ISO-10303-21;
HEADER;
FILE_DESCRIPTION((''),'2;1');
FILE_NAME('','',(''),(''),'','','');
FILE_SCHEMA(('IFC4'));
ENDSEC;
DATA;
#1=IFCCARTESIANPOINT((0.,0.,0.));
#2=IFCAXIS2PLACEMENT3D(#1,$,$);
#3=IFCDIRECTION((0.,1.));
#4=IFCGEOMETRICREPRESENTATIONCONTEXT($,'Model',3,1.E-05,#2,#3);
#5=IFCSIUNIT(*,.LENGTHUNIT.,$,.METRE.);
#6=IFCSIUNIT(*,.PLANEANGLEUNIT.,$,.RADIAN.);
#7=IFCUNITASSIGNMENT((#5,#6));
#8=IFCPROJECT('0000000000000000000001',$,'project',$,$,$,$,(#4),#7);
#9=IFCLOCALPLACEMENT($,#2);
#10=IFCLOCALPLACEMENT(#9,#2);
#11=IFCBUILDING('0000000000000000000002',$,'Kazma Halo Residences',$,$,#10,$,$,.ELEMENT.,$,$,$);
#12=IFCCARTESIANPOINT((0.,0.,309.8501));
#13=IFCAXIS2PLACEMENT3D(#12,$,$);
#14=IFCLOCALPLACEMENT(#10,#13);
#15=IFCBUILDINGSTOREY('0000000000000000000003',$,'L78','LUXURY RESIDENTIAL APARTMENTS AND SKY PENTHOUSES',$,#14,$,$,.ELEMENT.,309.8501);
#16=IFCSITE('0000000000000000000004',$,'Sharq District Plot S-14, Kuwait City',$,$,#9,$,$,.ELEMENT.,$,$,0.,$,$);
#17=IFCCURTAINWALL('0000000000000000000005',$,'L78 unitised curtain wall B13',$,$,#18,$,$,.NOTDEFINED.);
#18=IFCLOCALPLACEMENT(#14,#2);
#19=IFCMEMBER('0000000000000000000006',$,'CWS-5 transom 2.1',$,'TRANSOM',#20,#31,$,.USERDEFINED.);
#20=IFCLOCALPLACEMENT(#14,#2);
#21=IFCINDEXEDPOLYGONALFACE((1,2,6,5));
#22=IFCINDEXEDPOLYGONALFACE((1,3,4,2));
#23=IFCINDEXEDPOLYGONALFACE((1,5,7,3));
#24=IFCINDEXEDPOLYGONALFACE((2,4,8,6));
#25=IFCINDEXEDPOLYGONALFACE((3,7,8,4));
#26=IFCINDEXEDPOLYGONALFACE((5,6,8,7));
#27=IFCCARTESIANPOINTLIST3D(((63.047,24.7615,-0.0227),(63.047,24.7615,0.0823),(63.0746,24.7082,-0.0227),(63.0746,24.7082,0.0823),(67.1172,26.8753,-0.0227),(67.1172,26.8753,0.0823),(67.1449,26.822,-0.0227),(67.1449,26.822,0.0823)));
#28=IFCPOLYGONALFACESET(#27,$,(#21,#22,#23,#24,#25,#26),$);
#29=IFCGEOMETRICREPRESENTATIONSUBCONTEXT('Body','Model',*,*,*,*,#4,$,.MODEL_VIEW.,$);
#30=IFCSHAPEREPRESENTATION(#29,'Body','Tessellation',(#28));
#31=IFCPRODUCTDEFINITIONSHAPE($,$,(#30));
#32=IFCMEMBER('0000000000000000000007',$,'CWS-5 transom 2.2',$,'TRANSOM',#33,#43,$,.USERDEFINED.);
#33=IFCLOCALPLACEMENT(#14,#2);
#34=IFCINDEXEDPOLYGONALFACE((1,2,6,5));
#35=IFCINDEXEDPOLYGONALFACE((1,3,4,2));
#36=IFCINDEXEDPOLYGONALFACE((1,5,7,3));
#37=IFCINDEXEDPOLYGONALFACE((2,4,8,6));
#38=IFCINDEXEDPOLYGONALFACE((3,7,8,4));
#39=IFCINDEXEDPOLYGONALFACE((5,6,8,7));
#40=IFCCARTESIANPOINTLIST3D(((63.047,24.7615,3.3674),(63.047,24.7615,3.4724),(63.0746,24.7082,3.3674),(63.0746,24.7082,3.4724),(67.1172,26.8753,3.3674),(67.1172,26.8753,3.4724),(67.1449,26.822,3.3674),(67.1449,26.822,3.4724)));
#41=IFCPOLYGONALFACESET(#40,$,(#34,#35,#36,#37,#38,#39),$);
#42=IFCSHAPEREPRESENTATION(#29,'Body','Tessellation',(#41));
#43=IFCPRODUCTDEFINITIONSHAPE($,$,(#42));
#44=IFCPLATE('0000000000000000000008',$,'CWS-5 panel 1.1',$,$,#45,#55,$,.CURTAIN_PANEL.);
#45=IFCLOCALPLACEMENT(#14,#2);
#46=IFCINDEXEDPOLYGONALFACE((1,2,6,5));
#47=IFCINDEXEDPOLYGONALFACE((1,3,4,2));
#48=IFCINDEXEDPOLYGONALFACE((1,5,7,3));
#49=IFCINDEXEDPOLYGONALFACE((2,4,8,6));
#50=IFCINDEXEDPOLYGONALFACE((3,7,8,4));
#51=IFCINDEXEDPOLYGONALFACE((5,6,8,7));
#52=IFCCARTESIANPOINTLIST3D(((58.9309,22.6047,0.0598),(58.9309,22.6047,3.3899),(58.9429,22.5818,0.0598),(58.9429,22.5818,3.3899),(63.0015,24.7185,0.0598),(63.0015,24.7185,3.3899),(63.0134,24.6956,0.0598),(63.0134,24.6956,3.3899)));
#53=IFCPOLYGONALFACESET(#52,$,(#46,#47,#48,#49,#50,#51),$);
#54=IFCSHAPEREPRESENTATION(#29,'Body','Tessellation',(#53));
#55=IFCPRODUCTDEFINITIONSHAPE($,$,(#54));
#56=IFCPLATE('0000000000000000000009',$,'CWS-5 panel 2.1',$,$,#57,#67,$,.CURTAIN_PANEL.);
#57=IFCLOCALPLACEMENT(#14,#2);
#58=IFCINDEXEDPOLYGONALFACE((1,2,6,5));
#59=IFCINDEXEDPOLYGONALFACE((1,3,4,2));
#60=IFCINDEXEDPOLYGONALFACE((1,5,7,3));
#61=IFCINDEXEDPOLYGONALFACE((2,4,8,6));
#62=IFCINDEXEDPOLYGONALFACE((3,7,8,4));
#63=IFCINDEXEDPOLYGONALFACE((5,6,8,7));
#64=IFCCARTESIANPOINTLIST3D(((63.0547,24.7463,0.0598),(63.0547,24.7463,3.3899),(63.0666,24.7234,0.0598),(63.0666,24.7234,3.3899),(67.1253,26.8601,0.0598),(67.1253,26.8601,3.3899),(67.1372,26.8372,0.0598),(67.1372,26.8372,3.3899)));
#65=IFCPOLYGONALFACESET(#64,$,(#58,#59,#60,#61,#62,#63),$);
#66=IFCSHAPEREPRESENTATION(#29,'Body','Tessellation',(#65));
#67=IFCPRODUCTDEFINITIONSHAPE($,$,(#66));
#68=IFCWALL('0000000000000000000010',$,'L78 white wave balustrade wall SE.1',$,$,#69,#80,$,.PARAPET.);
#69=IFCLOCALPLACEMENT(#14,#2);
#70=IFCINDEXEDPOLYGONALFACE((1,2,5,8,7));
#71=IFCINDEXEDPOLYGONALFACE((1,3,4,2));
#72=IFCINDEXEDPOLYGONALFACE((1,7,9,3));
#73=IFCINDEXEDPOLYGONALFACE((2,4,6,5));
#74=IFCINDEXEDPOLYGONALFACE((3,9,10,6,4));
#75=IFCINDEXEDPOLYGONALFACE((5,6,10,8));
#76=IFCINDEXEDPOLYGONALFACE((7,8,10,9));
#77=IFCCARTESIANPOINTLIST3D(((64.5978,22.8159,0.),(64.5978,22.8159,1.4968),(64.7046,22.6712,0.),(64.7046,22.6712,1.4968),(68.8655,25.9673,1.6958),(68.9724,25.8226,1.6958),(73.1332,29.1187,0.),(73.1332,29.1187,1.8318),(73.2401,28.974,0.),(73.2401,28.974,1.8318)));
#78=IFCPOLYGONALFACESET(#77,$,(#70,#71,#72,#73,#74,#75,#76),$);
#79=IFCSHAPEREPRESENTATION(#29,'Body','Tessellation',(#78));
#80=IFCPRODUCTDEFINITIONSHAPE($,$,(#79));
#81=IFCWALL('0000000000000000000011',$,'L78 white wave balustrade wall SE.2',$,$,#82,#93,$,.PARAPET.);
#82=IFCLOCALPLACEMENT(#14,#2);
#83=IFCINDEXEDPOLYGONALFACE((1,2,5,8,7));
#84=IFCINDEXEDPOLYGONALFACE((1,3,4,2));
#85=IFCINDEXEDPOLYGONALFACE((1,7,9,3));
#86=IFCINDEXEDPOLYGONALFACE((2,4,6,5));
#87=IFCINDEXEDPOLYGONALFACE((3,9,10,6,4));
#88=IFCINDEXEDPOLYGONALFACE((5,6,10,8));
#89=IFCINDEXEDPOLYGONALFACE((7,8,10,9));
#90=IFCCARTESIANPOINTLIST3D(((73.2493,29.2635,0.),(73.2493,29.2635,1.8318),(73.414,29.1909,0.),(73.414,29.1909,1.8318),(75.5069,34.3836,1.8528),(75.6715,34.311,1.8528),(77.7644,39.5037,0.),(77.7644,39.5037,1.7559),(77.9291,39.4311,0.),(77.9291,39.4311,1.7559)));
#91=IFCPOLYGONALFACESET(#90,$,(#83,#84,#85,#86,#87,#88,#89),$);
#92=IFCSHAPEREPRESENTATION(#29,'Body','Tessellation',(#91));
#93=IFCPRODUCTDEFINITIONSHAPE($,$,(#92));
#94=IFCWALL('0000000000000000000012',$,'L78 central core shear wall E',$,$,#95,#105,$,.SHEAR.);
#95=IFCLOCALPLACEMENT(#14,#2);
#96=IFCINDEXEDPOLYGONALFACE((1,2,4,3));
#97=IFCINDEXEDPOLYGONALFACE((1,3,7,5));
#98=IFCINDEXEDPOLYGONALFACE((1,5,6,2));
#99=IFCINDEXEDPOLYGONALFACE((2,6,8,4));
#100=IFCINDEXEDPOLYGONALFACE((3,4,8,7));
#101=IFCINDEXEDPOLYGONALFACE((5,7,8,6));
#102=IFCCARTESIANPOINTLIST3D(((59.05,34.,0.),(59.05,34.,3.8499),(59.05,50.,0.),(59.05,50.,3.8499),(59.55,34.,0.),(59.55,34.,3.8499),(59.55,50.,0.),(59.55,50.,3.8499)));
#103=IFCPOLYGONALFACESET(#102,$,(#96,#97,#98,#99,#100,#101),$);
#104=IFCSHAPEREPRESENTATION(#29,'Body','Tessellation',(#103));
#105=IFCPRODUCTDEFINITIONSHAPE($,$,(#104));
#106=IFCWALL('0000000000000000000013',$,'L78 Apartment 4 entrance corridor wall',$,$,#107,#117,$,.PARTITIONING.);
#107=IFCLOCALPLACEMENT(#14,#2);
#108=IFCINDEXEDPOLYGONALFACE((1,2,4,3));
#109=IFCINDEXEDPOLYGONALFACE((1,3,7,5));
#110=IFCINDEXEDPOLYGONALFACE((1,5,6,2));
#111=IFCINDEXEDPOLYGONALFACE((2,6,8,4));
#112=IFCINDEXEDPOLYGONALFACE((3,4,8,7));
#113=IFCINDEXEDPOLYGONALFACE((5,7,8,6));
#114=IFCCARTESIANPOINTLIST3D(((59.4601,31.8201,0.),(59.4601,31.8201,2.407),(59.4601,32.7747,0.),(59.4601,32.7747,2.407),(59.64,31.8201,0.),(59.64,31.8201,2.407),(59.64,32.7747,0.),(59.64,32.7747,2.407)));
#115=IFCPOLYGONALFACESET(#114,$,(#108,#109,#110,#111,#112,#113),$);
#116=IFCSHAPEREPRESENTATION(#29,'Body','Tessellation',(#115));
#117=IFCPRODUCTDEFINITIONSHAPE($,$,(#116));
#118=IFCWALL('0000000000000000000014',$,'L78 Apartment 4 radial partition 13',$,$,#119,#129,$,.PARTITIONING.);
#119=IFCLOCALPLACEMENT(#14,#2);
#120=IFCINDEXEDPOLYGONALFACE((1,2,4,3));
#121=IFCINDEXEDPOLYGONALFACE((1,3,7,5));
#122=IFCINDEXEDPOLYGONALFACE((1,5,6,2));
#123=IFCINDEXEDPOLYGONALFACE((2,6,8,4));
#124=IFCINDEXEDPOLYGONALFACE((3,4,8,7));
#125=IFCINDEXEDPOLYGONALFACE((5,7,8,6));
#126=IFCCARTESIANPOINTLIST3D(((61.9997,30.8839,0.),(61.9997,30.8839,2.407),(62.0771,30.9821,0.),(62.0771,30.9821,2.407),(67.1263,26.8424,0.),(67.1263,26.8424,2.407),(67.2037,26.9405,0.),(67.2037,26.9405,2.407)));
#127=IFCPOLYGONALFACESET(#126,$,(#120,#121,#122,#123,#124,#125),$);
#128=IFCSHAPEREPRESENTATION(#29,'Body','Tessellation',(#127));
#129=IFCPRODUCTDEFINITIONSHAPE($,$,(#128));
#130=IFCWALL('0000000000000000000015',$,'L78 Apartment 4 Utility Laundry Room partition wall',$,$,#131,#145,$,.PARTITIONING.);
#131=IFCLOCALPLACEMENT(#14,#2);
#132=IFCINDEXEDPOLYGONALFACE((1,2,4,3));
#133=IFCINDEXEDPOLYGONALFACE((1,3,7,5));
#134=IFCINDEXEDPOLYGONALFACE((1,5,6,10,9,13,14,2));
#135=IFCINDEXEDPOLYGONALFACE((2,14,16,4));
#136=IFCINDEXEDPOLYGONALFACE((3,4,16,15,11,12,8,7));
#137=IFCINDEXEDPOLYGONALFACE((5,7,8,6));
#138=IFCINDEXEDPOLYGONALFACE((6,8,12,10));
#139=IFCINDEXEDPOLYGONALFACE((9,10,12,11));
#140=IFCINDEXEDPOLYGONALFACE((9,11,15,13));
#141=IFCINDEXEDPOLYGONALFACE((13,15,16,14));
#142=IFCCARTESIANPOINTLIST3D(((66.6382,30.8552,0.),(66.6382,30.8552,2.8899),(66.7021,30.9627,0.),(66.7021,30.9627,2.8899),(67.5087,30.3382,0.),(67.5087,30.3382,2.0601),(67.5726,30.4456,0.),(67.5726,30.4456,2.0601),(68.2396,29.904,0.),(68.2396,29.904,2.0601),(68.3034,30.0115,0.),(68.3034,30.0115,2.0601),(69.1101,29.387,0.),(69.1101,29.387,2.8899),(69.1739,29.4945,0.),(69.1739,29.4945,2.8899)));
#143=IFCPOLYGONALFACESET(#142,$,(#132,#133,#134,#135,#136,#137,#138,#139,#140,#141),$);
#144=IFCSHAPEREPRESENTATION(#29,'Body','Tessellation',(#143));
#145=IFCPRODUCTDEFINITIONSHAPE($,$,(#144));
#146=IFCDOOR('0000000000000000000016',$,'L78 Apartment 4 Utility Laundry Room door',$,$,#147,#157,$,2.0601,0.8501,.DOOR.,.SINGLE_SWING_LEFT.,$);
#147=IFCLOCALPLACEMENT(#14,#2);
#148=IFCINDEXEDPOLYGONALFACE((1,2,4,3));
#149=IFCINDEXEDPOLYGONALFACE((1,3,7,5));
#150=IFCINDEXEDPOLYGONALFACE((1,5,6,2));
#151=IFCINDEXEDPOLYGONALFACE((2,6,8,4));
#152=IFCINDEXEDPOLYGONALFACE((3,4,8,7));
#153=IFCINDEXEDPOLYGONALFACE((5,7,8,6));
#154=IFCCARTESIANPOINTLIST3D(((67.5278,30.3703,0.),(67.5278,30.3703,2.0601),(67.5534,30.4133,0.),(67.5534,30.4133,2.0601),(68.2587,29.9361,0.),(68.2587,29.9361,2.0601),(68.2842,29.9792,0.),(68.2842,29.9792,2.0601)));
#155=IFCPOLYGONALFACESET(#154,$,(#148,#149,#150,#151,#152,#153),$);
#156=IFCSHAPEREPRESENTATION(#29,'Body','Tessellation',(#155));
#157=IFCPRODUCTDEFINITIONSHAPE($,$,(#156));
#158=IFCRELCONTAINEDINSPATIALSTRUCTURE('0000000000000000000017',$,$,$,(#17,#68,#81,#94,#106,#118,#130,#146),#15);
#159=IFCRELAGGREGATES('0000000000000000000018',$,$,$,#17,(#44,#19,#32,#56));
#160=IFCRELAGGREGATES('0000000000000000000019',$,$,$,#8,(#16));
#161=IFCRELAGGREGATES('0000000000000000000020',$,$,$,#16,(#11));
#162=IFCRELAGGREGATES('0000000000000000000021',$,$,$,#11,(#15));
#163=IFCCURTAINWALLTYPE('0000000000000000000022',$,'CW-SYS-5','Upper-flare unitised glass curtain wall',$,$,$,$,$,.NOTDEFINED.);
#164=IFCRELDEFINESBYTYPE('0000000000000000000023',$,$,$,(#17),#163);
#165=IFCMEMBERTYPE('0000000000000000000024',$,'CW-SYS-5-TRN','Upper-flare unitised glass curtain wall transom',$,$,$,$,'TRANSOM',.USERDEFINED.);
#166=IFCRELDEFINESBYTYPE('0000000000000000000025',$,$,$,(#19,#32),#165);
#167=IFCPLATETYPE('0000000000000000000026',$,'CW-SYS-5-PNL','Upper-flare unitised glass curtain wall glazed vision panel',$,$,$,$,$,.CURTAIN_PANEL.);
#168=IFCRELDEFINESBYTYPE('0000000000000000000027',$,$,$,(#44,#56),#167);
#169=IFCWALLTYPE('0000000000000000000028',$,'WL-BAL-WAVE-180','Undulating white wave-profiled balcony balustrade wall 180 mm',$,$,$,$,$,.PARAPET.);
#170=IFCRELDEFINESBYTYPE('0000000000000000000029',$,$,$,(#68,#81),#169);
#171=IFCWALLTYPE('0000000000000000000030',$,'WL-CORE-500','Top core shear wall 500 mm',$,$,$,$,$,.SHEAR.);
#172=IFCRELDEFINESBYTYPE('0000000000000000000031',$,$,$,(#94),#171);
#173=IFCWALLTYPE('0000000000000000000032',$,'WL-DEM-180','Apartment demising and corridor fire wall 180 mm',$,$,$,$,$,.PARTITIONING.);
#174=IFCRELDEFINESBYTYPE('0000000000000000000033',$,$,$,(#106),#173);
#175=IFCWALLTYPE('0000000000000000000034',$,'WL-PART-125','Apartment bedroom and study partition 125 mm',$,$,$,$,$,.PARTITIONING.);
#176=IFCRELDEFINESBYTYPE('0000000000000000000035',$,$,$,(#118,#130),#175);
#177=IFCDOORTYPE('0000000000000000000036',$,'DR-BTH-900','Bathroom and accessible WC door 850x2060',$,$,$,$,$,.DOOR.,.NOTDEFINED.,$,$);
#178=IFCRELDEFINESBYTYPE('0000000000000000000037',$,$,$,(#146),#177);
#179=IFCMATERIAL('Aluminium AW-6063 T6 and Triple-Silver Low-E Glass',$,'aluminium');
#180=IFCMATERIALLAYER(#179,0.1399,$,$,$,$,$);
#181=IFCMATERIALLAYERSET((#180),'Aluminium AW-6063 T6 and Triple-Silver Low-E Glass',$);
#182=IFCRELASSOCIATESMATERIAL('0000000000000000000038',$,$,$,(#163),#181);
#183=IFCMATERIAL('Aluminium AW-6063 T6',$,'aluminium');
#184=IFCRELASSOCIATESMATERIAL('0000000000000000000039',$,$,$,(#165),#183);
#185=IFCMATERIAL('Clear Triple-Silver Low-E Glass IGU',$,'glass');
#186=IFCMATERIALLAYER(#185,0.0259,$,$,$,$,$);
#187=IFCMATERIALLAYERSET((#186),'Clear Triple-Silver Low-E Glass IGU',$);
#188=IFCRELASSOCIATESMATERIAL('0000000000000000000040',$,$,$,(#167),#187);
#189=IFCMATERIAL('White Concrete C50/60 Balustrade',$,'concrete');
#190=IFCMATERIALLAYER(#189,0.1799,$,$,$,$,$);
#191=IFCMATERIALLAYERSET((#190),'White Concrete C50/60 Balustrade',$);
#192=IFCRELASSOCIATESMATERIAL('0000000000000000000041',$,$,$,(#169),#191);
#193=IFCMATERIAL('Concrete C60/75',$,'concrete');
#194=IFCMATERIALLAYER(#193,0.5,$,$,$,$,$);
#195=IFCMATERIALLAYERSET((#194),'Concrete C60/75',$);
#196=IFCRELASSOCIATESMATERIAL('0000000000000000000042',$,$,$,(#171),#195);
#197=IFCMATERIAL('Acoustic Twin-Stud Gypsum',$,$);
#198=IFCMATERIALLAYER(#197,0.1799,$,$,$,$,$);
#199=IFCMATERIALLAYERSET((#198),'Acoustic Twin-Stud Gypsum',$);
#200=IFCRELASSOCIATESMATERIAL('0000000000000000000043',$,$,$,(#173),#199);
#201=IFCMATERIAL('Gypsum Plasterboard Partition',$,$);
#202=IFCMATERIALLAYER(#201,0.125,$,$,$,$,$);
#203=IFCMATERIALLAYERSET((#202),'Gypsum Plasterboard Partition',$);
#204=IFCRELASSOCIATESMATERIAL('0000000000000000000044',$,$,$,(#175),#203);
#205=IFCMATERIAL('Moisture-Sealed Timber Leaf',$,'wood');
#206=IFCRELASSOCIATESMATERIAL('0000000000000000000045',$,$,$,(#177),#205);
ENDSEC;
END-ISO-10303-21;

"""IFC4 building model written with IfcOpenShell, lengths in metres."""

from ifc_helpers import new_model, si_unit, direction, frame, frame_2d, origin, origin_2d, place, context, subcontext, project, spatial, polyline, rectangle, outline, extrude, material, layer, layer_set, material_profile, profile_set, type_object, element, fill, aggregate, save


model = new_model("IFC4")

# Units and contexts
model_context = context("Model", 3, precision=1e-05, world=origin(), true_north=direction((0.0, 1.0)))
body_context = subcontext(model_context, "Body", "Model", "MODEL_VIEW")
ifc_project = project(units=[si_unit("LENGTHUNIT", "METRE"), si_unit("PLANEANGLEUNIT", "RADIAN")], contexts=[model_context])

# Site, building, storey
site_placement = place(None, origin())
site = spatial("IfcSite", under=ifc_project, at=site_placement, Name="Sharq District Plot S-14, Kuwait City", CompositionType="ELEMENT", RefElevation=0.0)
building_placement = place(site_placement, origin())
building = spatial("IfcBuilding", under=site, at=building_placement, Name="Kazma Halo Residences", CompositionType="ELEMENT")
storey_placement = place(building_placement, frame((0.0, 0.0, 309.8501)))
storey = spatial("IfcBuildingStorey", under=building, at=storey_placement, Name="L78", Description="LUXURY RESIDENTIAL APARTMENTS AND SKY PENTHOUSES", CompositionType="ELEMENT", Elevation=309.8501)

# Shared definitions
ifc_material_1 = material(Name="Concrete C60/75", Category="concrete")

# Curtain wall
ifc_material_2 = material(Name="Aluminium AW-6063 T6 and Triple-Silver Low-E Glass", Category="aluminium")
ifc_layer_1 = layer(ifc_material_2, 0.1399)
ifc_layer_set_1 = layer_set([ifc_layer_1], Name="Aluminium AW-6063 T6 and Triple-Silver Low-E Glass")
curtain_wall_type = type_object("IfcCurtainWallType", Name="CW-SYS-5", Description="Upper-flare unitised glass curtain wall", PredefinedType="NOTDEFINED", material=ifc_layer_set_1)
curtain_wall_1_placement = place(storey_placement, origin())
curtain_wall_1 = element("IfcCurtainWall", 1, at=curtain_wall_1_placement, inside=storey, type_object=curtain_wall_type, Name="L78 unitised curtain wall B13", PredefinedType="NOTDEFINED")
ifc_material_3 = material(Name="Aluminium AW-6063 T6", Category="aluminium")

# Members
ifc_material_profile_1 = material_profile(ifc_material_3, rectangle(XDim=0.0601, YDim=0.105, at=origin_2d()), Name="CWT-60x105")
ifc_profile_set_1 = profile_set([ifc_material_profile_1], Name="Aluminium AW-6063 T6")
member_type_1 = type_object("IfcMemberType", Name="CW-SYS-5-TRN", Description="Upper-flare unitised glass curtain wall transom", ElementType="TRANSOM", PredefinedType="USERDEFINED", material=ifc_profile_set_1)
member_1_placement = place(storey_placement, frame((63.0608, 24.7349, 0.0298), z_axis=(0.887466, 0.460873, 0.0), x_axis=(-0.460873, 0.887466, 0.0)))
member_1 = element("IfcMember", 2, at=member_1_placement, type_object=member_type_1, Name="CWS-5 transom 2.1", ObjectType="TRANSOM", PredefinedType="USERDEFINED", context=body_context, shape_type="SweptSolid", body=[
    extrude(rectangle(XDim=0.0601, YDim=0.105, at=origin_2d()), origin(), (0.0, 0.0, 1.0), 4.5864),
])
member_2_placement = place(storey_placement, frame((63.0608, 24.7349, 3.4199), z_axis=(0.887466, 0.460873, 0.0), x_axis=(-0.460873, 0.887466, 0.0)))
member_2 = element("IfcMember", 3, at=member_2_placement, type_object=member_type_1, Name="CWS-5 transom 2.2", ObjectType="TRANSOM", PredefinedType="USERDEFINED", context=body_context, shape_type="SweptSolid", body=[
    extrude(rectangle(XDim=0.0601, YDim=0.105, at=origin_2d()), origin(), (0.0, 0.0, 1.0), 4.5864),
])

# Plates
ifc_material_4 = material(Name="Clear Triple-Silver Low-E Glass IGU", Category="glass")
ifc_layer_2 = layer(ifc_material_4, 0.0259)
ifc_layer_set_2 = layer_set([ifc_layer_2], Name="Clear Triple-Silver Low-E Glass IGU")
plate_type = type_object("IfcPlateType", Name="CW-SYS-5-PNL", Description="Upper-flare unitised glass curtain wall glazed vision panel", PredefinedType="CURTAIN_PANEL", material=ifc_layer_set_2)
plate_1_placement = place(storey_placement, frame((60.9722, 23.6501, 0.0598), z_axis=(0.0, 0.0, 1.0), x_axis=(0.887473, 0.460859, 0.0)))
plate_1 = element("IfcPlate", 4, at=plate_1_placement, type_object=plate_type, Name="CWS-5 panel 1.1", PredefinedType="CURTAIN_PANEL", context=body_context, shape_type="SweptSolid", body=[
    extrude(rectangle(XDim=4.5867, YDim=0.0259, at=origin_2d()), origin(), (0.0, 0.0, 1.0), 3.3301),
])
plate_2_placement = place(storey_placement, frame((65.0959, 25.7917, 0.0598), z_axis=(0.0, 0.0, 1.0), x_axis=(0.887473, 0.460859, 0.0)))
plate_2 = element("IfcPlate", 5, at=plate_2_placement, type_object=plate_type, Name="CWS-5 panel 2.1", PredefinedType="CURTAIN_PANEL", context=body_context, shape_type="SweptSolid", body=[
    extrude(rectangle(XDim=4.5867, YDim=0.0259, at=origin_2d()), origin(), (0.0, 0.0, 1.0), 3.3301),
])
aggregate(curtain_wall_1, [plate_1, member_1, member_2, plate_2])

# Walls
ifc_material_5 = material(Name="White Concrete C50/60 Balustrade", Category="concrete")
ifc_layer_3 = layer(ifc_material_5, 0.1799)
ifc_layer_set_3 = layer_set([ifc_layer_3], Name="White Concrete C50/60 Balustrade")
wall_type_1 = type_object("IfcWallType", Name="WL-BAL-WAVE-180", Description="Undulating white wave-profiled balcony balustrade wall 180 mm", PredefinedType="PARAPET", material=ifc_layer_set_3)
wall_1_placement = place(storey_placement, frame((64.6511, 22.7437, 0.0), z_axis=(0.0, 0.0, 1.0), x_axis=(0.804448, 0.594023, 0.0)))
element("IfcWall", 6, at=wall_1_placement, inside=storey, type_object=wall_type_1, Name="L78 white wave balustrade wall SE.1", PredefinedType="PARAPET", context=body_context, shape_type="SweptSolid", body=[
    extrude(outline(polyline([(0.0, 0.0), (10.6104, 0.0), (10.6104, 1.8318), (5.3052, 1.6958), (0.0, 1.4968), (0.0, 0.0)])), frame((0.0, 0.0898, 0.0), z_axis=(0.0, -1.0, 0.0), x_axis=(1.0, 0.0, 0.0)), (0.0, 0.0, 1.0), 0.1799),
])
wall_2_placement = place(storey_placement, frame((73.3315, 29.2273, 0.0), z_axis=(0.0, 0.0, 1.0), x_axis=(0.403445, 0.915004, 0.0)))
element("IfcWall", 7, at=wall_2_placement, inside=storey, type_object=wall_type_1, Name="L78 white wave balustrade wall SE.2", PredefinedType="PARAPET", context=body_context, shape_type="SweptSolid", body=[
    extrude(outline(polyline([(0.0, 0.0), (11.1914, 0.0), (11.1914, 1.7559), (5.5957, 1.8528), (0.0, 1.8318), (0.0, 0.0)])), frame((0.0, 0.0898, 0.0), z_axis=(0.0, -1.0, 0.0), x_axis=(1.0, 0.0, 0.0)), (0.0, 0.0, 1.0), 0.1799),
])
ifc_layer_4 = layer(ifc_material_1, 0.5)
ifc_layer_set_4 = layer_set([ifc_layer_4], Name="Concrete C60/75")
wall_type_2 = type_object("IfcWallType", Name="WL-CORE-500", Description="Top core shear wall 500 mm", PredefinedType="SHEAR", material=ifc_layer_set_4)
wall_3_placement = place(storey_placement, frame((59.3, 34.0, 0.0), z_axis=(0.0, 0.0, 1.0), x_axis=(0.0, 1.0, 0.0)))
element("IfcWall", 8, at=wall_3_placement, inside=storey, type_object=wall_type_2, Name="L78 central core shear wall E", PredefinedType="SHEAR", context=body_context, shape_type="SweptSolid", body=[
    extrude(rectangle(XDim=16.0, YDim=0.5, at=frame_2d((8.0, 0.0))), origin(), (0.0, 0.0, 1.0), 3.8499),
])
ifc_material_6 = material(Name="Acoustic Twin-Stud Gypsum")
ifc_layer_5 = layer(ifc_material_6, 0.1799)
ifc_layer_set_5 = layer_set([ifc_layer_5], Name="Acoustic Twin-Stud Gypsum")
wall_type_3 = type_object("IfcWallType", Name="WL-DEM-180", Description="Apartment demising and corridor fire wall 180 mm", PredefinedType="PARTITIONING", material=ifc_layer_set_5)
wall_4_placement = place(storey_placement, frame((59.55, 31.8201, 0.0), z_axis=(0.0, 0.0, 1.0), x_axis=(0.0, 1.0, 0.0)))
element("IfcWall", 9, at=wall_4_placement, inside=storey, type_object=wall_type_3, Name="L78 Apartment 4 entrance corridor wall", PredefinedType="PARTITIONING", context=body_context, shape_type="SweptSolid", body=[
    extrude(rectangle(XDim=0.9546, YDim=0.1799, at=frame_2d((0.4773, 0.0))), origin(), (0.0, 0.0, 1.0), 2.407),
])

# Wall
ifc_material_7 = material(Name="Gypsum Plasterboard Partition")
ifc_layer_6 = layer(ifc_material_7, 0.125)
ifc_layer_set_6 = layer_set([ifc_layer_6], Name="Gypsum Plasterboard Partition")
wall_type_4 = type_object("IfcWallType", Name="WL-PART-125", Description="Apartment bedroom and study partition 125 mm", PredefinedType="PARTITIONING", material=ifc_layer_set_6)
wall_5_placement = place(storey_placement, frame((62.0383, 30.9331, 0.0), z_axis=(0.0, 0.0, 1.0), x_axis=(0.785308, -0.619106, 0.0)))
element("IfcWall", 10, at=wall_5_placement, inside=storey, type_object=wall_type_4, Name="L78 Apartment 4 radial partition 13", PredefinedType="PARTITIONING", context=body_context, shape_type="SweptSolid", body=[
    extrude(rectangle(XDim=6.5281, YDim=0.125, at=frame_2d((3.2642, 0.0))), origin(), (0.0, 0.0, 1.0), 2.407),
])

# Wall, opening, door
wall_6_placement = place(storey_placement, frame((66.6702, 30.9089, 0.0), z_axis=(0.0, 0.0, 1.0), x_axis=(0.85977, -0.510682, 0.0)))
wall_6 = element("IfcWall", 11, at=wall_6_placement, inside=storey, type_object=wall_type_4, Name="L78 Apartment 4 Utility Laundry Room partition wall", PredefinedType="PARTITIONING", context=body_context, shape_type="SweptSolid", body=[
    extrude(rectangle(XDim=2.875, YDim=0.125, at=frame_2d((1.4375, 0.0))), origin(), (0.0, 0.0, 1.0), 2.8899),
])
opening_1_placement = place(wall_6_placement, frame((1.0125, 0.0, 0.0)))
opening_1 = element("IfcOpeningElement", 12, at=opening_1_placement, cuts=wall_6, PredefinedType="OPENING", context=body_context, shape_type="SweptSolid", body=[
    extrude(rectangle(XDim=0.8501, YDim=2.0601, at=frame_2d((0.425, 1.03))), frame((0.0, 0.0725, 0.0), z_axis=(0.0, -1.0, 0.0), x_axis=(1.0, 0.0, 0.0)), (0.0, 0.0, 1.0), 0.145),
])
ifc_material_8 = material(Name="Moisture-Sealed Timber Leaf", Category="wood")
door_type_1 = type_object("IfcDoorType", Name="DR-BTH-900", Description="Bathroom and accessible WC door 850x2060", OperationType="NOTDEFINED", PredefinedType="DOOR", material=ifc_material_8)
door_1_placement = place(opening_1_placement, origin())
door_1 = element("IfcDoor", 13, at=door_1_placement, inside=storey, type_object=door_type_1, Name="L78 Apartment 4 Utility Laundry Room door", OperationType="SINGLE_SWING_LEFT", OverallHeight=2.0601, OverallWidth=0.8501, PredefinedType="DOOR", context=body_context, shape_type="SweptSolid", body=[
    extrude(rectangle(XDim=0.8501, YDim=2.0601, at=frame_2d((0.425, 1.03))), frame((0.0, 0.0249, 0.0), z_axis=(0.0, -1.0, 0.0), x_axis=(1.0, 0.0, 0.0)), (0.0, 0.0, 1.0), 0.05),
])
fill(opening_1, door_1)

save(model, "model.ifc")
